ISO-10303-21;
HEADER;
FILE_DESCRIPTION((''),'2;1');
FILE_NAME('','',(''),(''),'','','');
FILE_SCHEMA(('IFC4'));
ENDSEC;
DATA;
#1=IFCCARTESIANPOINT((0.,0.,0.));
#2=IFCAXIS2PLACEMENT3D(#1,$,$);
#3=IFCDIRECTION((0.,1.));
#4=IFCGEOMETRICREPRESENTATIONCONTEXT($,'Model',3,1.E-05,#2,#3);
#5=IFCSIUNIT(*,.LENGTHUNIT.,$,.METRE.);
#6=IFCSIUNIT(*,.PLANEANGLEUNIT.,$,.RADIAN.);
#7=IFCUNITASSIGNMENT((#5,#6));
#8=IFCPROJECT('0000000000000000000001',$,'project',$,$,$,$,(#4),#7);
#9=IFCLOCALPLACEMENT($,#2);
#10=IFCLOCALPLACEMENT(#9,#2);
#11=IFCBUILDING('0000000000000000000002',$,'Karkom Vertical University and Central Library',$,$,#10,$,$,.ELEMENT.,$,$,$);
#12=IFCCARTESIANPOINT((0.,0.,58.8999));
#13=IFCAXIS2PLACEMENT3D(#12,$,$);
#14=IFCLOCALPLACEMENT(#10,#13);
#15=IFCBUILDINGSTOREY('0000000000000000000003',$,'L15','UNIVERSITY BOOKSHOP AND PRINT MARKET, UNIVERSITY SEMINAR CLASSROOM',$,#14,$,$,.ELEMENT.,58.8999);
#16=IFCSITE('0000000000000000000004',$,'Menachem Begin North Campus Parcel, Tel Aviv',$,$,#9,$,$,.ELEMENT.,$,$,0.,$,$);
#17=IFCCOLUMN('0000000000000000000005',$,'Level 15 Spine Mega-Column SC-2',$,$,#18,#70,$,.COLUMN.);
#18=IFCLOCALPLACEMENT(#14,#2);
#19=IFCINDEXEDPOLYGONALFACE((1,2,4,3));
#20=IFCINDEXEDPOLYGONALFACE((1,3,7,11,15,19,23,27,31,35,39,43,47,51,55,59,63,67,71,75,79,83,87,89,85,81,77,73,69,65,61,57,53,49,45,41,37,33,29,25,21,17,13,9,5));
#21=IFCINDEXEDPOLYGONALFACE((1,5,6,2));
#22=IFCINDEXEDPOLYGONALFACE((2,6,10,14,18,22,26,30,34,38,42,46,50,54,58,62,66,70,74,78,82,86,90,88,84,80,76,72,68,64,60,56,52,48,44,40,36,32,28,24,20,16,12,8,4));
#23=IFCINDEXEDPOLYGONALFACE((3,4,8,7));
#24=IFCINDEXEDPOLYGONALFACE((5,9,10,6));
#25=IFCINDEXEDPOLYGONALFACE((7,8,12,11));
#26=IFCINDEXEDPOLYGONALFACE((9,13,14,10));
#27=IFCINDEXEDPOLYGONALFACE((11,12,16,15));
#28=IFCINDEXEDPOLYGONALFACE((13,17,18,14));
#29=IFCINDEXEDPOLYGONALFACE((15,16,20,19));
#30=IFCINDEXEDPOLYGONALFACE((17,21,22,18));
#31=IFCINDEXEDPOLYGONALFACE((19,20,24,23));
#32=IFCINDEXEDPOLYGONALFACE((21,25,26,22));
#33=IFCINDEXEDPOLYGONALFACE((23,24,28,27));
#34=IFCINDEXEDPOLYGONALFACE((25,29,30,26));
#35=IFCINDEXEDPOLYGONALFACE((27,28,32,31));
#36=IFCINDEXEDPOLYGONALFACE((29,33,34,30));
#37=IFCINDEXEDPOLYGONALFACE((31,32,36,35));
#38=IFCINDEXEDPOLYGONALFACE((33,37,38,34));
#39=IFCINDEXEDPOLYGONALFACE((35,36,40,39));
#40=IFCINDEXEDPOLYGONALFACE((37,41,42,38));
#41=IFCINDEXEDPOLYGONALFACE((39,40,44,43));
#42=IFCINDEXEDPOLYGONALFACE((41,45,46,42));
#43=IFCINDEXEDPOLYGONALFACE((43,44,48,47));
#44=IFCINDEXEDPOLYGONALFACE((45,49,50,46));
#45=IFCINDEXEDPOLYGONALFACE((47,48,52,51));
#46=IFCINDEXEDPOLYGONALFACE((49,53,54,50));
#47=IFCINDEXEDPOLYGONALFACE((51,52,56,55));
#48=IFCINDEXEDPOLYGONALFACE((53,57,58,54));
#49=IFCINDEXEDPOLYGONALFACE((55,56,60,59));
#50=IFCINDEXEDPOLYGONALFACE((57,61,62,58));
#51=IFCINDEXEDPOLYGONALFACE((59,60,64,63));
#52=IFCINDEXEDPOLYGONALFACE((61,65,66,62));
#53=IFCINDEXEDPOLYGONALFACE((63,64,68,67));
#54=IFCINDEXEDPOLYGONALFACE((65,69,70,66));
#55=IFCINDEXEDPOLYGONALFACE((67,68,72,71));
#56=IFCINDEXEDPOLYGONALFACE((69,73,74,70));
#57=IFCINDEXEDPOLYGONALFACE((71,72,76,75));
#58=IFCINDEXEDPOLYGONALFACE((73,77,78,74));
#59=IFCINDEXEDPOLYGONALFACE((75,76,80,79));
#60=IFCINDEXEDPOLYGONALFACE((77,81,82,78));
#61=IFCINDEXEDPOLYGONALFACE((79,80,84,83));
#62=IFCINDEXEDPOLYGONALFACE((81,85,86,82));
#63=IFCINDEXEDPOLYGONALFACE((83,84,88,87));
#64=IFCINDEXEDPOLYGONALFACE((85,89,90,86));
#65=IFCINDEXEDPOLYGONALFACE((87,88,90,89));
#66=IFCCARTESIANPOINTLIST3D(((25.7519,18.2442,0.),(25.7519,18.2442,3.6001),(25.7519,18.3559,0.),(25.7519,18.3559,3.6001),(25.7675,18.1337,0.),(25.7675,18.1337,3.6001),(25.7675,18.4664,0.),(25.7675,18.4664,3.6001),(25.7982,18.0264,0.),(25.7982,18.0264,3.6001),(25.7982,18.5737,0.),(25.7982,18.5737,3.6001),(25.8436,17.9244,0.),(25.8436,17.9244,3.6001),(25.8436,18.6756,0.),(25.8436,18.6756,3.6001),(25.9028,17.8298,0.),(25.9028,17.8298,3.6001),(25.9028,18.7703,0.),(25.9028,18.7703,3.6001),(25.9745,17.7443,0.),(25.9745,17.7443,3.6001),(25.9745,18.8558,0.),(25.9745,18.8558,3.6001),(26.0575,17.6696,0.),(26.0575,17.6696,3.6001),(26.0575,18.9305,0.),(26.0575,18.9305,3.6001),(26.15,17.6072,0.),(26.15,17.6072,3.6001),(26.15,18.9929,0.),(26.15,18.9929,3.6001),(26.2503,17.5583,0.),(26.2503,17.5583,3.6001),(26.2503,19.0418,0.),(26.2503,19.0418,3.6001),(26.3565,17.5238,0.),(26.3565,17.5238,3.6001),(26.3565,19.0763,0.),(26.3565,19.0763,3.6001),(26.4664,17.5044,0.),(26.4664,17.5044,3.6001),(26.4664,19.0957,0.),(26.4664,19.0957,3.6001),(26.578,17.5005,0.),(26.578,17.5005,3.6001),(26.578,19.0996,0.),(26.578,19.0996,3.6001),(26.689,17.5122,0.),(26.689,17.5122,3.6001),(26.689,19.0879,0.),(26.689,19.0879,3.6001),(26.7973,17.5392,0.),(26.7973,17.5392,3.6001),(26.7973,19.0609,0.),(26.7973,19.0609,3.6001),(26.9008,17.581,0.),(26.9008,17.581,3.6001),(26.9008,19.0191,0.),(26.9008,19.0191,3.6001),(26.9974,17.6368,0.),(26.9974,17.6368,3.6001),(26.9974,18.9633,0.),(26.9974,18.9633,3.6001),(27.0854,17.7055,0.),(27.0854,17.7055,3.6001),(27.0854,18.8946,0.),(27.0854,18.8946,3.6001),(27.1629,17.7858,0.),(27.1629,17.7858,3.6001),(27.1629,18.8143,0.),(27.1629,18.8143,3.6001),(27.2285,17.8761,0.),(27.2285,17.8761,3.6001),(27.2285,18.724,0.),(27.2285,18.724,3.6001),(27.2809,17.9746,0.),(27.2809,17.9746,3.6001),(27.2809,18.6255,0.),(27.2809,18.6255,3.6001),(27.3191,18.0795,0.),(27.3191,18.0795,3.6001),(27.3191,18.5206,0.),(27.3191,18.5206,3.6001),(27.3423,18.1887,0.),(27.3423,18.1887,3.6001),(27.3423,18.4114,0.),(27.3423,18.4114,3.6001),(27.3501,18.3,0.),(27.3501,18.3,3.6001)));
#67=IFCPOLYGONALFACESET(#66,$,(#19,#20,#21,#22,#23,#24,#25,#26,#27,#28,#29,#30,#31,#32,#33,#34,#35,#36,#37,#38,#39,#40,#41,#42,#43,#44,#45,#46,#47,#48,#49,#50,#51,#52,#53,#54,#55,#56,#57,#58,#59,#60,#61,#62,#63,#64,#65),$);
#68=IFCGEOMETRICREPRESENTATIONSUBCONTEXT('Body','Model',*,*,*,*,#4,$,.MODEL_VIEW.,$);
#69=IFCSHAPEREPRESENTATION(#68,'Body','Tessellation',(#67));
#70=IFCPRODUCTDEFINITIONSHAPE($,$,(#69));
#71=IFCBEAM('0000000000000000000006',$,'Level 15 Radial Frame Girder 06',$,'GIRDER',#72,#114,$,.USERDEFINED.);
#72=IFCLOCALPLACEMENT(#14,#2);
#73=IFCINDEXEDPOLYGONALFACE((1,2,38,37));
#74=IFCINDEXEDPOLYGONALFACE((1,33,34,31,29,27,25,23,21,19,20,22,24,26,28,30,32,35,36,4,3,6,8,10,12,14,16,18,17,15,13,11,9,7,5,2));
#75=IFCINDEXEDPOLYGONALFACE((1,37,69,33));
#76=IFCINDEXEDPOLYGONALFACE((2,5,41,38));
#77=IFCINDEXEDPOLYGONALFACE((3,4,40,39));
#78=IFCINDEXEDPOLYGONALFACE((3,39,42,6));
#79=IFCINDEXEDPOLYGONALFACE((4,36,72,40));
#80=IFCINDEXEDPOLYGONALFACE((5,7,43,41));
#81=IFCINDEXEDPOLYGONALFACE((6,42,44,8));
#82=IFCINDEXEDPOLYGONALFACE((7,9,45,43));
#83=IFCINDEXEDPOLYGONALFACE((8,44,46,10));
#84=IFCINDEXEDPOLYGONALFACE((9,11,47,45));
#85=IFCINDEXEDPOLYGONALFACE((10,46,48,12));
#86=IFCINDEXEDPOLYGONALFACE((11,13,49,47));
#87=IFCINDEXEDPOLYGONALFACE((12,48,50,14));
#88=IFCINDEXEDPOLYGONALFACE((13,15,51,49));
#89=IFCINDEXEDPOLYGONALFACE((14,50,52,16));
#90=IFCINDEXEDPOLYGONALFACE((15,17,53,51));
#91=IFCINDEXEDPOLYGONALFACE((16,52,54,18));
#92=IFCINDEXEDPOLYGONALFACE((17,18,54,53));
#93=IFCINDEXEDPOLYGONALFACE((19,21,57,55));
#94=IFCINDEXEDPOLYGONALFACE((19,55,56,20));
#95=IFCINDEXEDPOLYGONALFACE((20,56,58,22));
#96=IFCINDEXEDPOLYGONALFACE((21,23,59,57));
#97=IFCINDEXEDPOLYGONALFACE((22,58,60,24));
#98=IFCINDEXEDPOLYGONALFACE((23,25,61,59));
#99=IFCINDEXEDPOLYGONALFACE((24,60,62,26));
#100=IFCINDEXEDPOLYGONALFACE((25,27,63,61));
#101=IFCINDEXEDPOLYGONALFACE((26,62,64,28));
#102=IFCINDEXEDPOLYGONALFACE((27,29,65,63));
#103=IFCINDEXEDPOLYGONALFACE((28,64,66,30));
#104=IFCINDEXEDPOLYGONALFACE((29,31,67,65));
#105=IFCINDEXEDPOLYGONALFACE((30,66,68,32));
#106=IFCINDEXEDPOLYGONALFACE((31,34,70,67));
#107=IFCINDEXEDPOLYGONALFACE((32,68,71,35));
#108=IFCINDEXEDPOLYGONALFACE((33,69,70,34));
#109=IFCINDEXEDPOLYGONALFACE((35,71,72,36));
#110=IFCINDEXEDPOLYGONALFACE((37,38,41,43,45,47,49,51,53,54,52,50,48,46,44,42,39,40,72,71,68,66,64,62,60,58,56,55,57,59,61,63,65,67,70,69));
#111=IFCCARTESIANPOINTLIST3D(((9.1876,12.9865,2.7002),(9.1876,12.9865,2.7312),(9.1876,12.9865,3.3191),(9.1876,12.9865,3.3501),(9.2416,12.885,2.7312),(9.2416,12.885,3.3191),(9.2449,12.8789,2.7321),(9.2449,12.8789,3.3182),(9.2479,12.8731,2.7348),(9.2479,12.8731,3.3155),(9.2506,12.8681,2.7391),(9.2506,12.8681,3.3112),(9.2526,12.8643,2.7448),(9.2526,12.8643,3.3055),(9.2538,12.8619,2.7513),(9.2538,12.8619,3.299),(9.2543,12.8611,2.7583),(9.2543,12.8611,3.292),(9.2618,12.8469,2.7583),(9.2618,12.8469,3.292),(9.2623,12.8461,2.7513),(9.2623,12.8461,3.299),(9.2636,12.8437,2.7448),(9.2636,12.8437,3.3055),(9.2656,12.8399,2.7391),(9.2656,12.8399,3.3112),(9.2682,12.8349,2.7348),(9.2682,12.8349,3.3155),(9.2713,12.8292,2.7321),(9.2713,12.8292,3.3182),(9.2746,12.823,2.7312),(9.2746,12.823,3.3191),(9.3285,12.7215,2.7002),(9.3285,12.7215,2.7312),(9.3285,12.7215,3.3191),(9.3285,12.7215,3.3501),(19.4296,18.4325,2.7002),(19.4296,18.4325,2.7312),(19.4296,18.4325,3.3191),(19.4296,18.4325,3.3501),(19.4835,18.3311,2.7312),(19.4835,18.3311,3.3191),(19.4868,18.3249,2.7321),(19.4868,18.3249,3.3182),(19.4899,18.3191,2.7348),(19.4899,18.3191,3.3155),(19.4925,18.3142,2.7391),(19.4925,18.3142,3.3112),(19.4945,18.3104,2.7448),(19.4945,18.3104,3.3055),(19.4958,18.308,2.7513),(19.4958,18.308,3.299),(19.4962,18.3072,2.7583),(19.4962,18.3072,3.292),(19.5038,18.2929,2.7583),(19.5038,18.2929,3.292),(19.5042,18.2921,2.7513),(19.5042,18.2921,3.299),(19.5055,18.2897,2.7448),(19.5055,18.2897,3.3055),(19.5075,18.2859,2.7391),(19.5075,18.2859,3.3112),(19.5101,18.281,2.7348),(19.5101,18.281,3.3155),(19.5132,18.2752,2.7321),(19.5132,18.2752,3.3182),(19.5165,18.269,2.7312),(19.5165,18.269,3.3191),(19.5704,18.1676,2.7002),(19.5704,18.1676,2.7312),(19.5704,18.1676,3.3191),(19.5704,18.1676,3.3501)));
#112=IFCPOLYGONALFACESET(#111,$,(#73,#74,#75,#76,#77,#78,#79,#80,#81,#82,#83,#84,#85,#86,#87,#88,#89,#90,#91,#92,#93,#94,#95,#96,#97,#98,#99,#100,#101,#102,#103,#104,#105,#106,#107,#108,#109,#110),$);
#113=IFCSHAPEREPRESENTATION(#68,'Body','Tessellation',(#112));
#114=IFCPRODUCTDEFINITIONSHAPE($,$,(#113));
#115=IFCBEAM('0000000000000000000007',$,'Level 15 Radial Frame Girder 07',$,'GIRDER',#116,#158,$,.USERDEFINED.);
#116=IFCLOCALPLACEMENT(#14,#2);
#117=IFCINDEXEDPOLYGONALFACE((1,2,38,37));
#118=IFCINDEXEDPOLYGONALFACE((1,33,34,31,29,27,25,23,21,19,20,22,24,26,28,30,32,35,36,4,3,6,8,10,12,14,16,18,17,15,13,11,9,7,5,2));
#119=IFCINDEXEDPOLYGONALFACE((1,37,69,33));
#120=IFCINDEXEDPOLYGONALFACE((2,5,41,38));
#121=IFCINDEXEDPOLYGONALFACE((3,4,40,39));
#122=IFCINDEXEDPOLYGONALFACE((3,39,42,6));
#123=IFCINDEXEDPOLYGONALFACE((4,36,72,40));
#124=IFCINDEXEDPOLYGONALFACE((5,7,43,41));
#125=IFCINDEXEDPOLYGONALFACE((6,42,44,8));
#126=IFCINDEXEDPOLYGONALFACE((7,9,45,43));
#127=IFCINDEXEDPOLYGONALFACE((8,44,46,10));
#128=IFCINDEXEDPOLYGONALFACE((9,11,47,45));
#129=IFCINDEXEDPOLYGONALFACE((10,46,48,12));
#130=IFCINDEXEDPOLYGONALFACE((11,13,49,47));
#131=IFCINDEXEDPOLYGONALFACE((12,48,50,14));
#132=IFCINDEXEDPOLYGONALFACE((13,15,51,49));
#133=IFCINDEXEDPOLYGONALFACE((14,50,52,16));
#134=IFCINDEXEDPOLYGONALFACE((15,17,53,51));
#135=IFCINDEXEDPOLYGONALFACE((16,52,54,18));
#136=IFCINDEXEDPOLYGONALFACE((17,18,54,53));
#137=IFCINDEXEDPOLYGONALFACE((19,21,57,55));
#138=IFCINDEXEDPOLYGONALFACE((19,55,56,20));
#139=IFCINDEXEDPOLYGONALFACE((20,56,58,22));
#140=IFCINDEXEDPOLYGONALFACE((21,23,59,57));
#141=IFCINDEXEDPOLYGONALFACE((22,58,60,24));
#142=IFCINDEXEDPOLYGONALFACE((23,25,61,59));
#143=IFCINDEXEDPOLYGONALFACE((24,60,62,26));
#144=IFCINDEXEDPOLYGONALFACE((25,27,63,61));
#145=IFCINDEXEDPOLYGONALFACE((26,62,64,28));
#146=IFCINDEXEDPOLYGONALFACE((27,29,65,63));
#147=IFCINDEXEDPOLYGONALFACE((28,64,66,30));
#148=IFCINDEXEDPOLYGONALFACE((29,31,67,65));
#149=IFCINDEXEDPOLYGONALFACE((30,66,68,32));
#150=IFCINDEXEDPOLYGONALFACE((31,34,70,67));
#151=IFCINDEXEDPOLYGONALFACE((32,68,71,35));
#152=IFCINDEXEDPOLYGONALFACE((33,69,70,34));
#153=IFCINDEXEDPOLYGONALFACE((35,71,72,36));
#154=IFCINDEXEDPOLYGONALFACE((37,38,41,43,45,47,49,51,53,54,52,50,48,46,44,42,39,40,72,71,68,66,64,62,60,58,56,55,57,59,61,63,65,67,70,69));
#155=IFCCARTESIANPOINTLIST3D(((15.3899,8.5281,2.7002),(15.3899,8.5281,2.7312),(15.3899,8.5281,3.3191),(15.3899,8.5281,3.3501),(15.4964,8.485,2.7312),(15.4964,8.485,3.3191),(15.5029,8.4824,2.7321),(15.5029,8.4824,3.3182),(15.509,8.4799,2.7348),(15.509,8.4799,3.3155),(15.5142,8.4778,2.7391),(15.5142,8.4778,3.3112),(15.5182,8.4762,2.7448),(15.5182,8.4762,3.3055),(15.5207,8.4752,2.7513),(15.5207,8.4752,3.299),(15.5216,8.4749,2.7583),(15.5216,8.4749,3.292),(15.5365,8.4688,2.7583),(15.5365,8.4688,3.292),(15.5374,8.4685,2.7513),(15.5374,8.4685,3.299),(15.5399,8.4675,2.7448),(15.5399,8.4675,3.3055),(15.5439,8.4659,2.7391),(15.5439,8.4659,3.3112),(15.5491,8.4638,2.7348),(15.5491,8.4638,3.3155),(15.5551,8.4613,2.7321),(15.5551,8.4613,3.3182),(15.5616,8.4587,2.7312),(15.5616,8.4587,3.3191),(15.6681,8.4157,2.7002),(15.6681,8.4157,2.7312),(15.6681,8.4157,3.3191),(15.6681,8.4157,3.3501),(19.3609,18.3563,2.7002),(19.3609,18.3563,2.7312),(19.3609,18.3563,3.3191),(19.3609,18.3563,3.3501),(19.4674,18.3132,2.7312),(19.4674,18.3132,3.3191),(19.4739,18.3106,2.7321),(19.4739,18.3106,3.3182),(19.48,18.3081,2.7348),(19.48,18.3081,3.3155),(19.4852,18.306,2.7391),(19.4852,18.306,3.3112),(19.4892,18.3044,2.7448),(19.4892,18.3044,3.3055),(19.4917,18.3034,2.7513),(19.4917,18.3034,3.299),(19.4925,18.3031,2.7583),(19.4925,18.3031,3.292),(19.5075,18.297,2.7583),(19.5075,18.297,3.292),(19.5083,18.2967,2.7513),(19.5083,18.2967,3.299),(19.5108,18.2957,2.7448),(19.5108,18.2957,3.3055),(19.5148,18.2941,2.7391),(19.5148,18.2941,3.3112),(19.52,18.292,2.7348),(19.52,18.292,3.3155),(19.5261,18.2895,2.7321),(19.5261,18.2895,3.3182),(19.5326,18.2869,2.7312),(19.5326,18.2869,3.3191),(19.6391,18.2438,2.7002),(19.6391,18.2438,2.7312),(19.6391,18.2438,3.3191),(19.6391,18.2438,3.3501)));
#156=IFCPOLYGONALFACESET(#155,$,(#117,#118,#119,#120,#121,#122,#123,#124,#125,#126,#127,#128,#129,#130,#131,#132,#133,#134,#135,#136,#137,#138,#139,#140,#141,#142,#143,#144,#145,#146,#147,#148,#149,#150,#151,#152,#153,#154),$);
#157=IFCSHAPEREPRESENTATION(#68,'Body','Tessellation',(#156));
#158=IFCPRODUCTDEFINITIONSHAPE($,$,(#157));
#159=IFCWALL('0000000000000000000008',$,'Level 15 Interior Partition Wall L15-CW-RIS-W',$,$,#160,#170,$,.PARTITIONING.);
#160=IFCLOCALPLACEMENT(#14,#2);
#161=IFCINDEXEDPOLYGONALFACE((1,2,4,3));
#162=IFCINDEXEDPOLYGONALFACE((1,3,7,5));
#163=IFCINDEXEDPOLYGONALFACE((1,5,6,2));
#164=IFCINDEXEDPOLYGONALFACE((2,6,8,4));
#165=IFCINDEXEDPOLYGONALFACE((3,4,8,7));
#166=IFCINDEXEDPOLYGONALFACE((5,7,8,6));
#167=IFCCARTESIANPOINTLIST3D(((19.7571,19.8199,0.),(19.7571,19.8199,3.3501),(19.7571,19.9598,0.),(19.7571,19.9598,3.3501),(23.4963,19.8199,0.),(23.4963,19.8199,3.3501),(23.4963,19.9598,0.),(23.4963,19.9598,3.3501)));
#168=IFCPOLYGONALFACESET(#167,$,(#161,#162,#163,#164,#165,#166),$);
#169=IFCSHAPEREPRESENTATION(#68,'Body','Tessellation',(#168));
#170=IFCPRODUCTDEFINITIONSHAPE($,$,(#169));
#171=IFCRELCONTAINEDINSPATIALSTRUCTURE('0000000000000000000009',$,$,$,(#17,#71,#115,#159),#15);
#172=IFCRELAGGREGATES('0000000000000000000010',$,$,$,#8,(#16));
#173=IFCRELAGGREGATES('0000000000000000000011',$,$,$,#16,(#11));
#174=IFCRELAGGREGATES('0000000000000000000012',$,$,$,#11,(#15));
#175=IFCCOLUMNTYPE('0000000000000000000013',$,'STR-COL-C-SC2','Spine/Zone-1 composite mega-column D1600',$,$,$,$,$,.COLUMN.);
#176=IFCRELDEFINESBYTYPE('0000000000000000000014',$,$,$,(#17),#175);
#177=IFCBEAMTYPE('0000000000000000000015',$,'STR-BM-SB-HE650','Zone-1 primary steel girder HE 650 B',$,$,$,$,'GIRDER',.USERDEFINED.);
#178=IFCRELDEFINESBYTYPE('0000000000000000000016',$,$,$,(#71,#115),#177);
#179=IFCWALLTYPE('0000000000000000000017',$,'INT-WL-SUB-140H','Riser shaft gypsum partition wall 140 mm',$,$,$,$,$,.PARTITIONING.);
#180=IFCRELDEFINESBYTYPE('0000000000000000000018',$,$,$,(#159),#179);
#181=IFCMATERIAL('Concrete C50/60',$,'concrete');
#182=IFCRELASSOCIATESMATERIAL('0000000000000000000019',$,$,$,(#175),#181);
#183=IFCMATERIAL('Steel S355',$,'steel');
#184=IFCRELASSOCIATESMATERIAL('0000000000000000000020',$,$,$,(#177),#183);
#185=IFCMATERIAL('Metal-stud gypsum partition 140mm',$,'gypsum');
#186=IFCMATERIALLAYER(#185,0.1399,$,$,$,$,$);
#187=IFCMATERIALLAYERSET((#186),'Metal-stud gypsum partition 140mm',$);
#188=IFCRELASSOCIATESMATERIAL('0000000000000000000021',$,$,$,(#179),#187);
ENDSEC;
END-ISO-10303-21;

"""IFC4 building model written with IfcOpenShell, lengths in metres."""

from ifc_helpers import new_model, si_unit, direction, frame, frame_2d, origin, origin_with_axes, origin_2d, place, context, subcontext, project, spatial, rectangle, circle, i_section, extrude, source, transform, mapped, material, layer, layer_set, material_profile, profile_set, type_object, element, save


model = new_model("IFC4")

# Units and contexts
model_context = context("Model", 3, precision=1e-05, world=origin(), true_north=direction((0.0, 1.0)))
body_context = subcontext(model_context, "Body", "Model", "MODEL_VIEW")
ifc_project = project(units=[si_unit("LENGTHUNIT", "METRE"), si_unit("PLANEANGLEUNIT", "RADIAN")], contexts=[model_context])

# Site, building, storey
site_placement = place(None, origin())
site = spatial("IfcSite", under=ifc_project, at=site_placement, Name="Menachem Begin North Campus Parcel, Tel Aviv", CompositionType="ELEMENT", RefElevation=0.0)
building_placement = place(site_placement, origin())
building = spatial("IfcBuilding", under=site, at=building_placement, Name="Karkom Vertical University and Central Library", CompositionType="ELEMENT")
storey_placement = place(building_placement, frame((0.0, 0.0, 58.8999)))
storey = spatial("IfcBuildingStorey", under=building, at=storey_placement, Name="L15", Description="UNIVERSITY BOOKSHOP AND PRINT MARKET, UNIVERSITY SEMINAR CLASSROOM", CompositionType="ELEMENT", Elevation=58.8999)

# Column
ifc_material_1 = material(Name="Concrete C50/60", Category="concrete")
ifc_material_profile_1 = material_profile(ifc_material_1, circle(Radius=0.8, at=origin_2d()), Name="CFT-D1600")
ifc_profile_set_1 = profile_set([ifc_material_profile_1], Name="Concrete C50/60")
column_type = type_object("IfcColumnType", Name="STR-COL-C-SC2", Description="Spine/Zone-1 composite mega-column D1600", PredefinedType="COLUMN", material=ifc_profile_set_1)
shared_shape_1 = source(origin_with_axes(), body_context, "Body", "SweptSolid", [
    extrude(circle(Radius=0.8, at=origin_2d()), origin(), (0.0, 0.0, 1.0), 3.6001),
])
column_placement = place(storey_placement, frame((26.55, 18.3, 0.0), z_axis=(0.0, 0.0, 1.0), x_axis=(1.0, 0.0, 0.0)))
element("IfcColumn", 1, at=column_placement, inside=storey, type_object=column_type, Name="Level 15 Spine Mega-Column SC-2", PredefinedType="COLUMN", context=body_context, shape_type="MappedRepresentation", body=[
    mapped(shared_shape_1, transform((0.0, 0.0, 0.0), scale=1.0)),
])

# Beams
ifc_material_2 = material(Name="Steel S355", Category="steel")
ifc_material_profile_2 = material_profile(ifc_material_2, i_section(OverallWidth=0.3, OverallDepth=0.6499, WebThickness=0.0161, FlangeThickness=0.031, FilletRadius=0.0271, at=origin_2d()), Name="HE 650 B")
ifc_profile_set_2 = profile_set([ifc_material_profile_2], Name="Steel S355")
beam_type = type_object("IfcBeamType", Name="STR-BM-SB-HE650", Description="Zone-1 primary steel girder HE 650 B", ElementType="GIRDER", PredefinedType="USERDEFINED", material=ifc_profile_set_2)
shared_shape_2 = source(origin_with_axes(), body_context, "Body", "SweptSolid", [
    extrude(i_section(OverallWidth=0.3, OverallDepth=0.6499, WebThickness=0.0161, FlangeThickness=0.031, FilletRadius=0.0271, at=origin_2d()), origin(), (0.0, 0.0, 1.0), 11.5999),
])
beam_1_placement = place(storey_placement, frame((19.5, 18.3, 3.0251), z_axis=(-0.882937, -0.469492, 0.0), x_axis=(0.469492, -0.882937, 0.0)))
element("IfcBeam", 2, at=beam_1_placement, inside=storey, type_object=beam_type, Name="Level 15 Radial Frame Girder 06", ObjectType="GIRDER", PredefinedType="USERDEFINED", context=body_context, shape_type="MappedRepresentation", body=[
    mapped(shared_shape_2, transform((0.0, 0.0, 0.0), scale=1.0)),
])
shared_shape_3 = source(origin_with_axes(), body_context, "Body", "SweptSolid", [
    extrude(i_section(OverallWidth=0.3, OverallDepth=0.6499, WebThickness=0.0161, FlangeThickness=0.031, FilletRadius=0.0271, at=origin_2d()), origin(), (0.0, 0.0, 1.0), 10.6001),
])
beam_2_placement = place(storey_placement, frame((19.5, 18.3, 3.0251), z_axis=(-0.374617, -0.92718, 0.0), x_axis=(0.92718, -0.374617, 0.0)))
element("IfcBeam", 3, at=beam_2_placement, inside=storey, type_object=beam_type, Name="Level 15 Radial Frame Girder 07", ObjectType="GIRDER", PredefinedType="USERDEFINED", context=body_context, shape_type="MappedRepresentation", body=[
    mapped(shared_shape_3, transform((0.0, 0.0, 0.0), scale=1.0)),
])

# Wall
ifc_material_3 = material(Name="Metal-stud gypsum partition 140mm", Category="gypsum")
ifc_layer_1 = layer(ifc_material_3, 0.1399)
ifc_layer_set_1 = layer_set([ifc_layer_1], Name="Metal-stud gypsum partition 140mm")
wall_type_1 = type_object("IfcWallType", Name="INT-WL-SUB-140H", Description="Riser shaft gypsum partition wall 140 mm", PredefinedType="PARTITIONING", material=ifc_layer_set_1)
wall_1_placement = place(storey_placement, frame((19.7571, 19.8899, 0.0), z_axis=(0.0, 0.0, 1.0), x_axis=(1.0, 0.0, 0.0)))
element("IfcWall", 4, at=wall_1_placement, inside=storey, type_object=wall_type_1, Name="Level 15 Interior Partition Wall L15-CW-RIS-W", PredefinedType="PARTITIONING", context=body_context, shape_type="SweptSolid", body=[
    extrude(rectangle(XDim=3.7393, YDim=0.1399, at=frame_2d((1.8696, 0.0))), origin(), (0.0, 0.0, 1.0), 3.3501),
])

save(model, "model.ifc")
